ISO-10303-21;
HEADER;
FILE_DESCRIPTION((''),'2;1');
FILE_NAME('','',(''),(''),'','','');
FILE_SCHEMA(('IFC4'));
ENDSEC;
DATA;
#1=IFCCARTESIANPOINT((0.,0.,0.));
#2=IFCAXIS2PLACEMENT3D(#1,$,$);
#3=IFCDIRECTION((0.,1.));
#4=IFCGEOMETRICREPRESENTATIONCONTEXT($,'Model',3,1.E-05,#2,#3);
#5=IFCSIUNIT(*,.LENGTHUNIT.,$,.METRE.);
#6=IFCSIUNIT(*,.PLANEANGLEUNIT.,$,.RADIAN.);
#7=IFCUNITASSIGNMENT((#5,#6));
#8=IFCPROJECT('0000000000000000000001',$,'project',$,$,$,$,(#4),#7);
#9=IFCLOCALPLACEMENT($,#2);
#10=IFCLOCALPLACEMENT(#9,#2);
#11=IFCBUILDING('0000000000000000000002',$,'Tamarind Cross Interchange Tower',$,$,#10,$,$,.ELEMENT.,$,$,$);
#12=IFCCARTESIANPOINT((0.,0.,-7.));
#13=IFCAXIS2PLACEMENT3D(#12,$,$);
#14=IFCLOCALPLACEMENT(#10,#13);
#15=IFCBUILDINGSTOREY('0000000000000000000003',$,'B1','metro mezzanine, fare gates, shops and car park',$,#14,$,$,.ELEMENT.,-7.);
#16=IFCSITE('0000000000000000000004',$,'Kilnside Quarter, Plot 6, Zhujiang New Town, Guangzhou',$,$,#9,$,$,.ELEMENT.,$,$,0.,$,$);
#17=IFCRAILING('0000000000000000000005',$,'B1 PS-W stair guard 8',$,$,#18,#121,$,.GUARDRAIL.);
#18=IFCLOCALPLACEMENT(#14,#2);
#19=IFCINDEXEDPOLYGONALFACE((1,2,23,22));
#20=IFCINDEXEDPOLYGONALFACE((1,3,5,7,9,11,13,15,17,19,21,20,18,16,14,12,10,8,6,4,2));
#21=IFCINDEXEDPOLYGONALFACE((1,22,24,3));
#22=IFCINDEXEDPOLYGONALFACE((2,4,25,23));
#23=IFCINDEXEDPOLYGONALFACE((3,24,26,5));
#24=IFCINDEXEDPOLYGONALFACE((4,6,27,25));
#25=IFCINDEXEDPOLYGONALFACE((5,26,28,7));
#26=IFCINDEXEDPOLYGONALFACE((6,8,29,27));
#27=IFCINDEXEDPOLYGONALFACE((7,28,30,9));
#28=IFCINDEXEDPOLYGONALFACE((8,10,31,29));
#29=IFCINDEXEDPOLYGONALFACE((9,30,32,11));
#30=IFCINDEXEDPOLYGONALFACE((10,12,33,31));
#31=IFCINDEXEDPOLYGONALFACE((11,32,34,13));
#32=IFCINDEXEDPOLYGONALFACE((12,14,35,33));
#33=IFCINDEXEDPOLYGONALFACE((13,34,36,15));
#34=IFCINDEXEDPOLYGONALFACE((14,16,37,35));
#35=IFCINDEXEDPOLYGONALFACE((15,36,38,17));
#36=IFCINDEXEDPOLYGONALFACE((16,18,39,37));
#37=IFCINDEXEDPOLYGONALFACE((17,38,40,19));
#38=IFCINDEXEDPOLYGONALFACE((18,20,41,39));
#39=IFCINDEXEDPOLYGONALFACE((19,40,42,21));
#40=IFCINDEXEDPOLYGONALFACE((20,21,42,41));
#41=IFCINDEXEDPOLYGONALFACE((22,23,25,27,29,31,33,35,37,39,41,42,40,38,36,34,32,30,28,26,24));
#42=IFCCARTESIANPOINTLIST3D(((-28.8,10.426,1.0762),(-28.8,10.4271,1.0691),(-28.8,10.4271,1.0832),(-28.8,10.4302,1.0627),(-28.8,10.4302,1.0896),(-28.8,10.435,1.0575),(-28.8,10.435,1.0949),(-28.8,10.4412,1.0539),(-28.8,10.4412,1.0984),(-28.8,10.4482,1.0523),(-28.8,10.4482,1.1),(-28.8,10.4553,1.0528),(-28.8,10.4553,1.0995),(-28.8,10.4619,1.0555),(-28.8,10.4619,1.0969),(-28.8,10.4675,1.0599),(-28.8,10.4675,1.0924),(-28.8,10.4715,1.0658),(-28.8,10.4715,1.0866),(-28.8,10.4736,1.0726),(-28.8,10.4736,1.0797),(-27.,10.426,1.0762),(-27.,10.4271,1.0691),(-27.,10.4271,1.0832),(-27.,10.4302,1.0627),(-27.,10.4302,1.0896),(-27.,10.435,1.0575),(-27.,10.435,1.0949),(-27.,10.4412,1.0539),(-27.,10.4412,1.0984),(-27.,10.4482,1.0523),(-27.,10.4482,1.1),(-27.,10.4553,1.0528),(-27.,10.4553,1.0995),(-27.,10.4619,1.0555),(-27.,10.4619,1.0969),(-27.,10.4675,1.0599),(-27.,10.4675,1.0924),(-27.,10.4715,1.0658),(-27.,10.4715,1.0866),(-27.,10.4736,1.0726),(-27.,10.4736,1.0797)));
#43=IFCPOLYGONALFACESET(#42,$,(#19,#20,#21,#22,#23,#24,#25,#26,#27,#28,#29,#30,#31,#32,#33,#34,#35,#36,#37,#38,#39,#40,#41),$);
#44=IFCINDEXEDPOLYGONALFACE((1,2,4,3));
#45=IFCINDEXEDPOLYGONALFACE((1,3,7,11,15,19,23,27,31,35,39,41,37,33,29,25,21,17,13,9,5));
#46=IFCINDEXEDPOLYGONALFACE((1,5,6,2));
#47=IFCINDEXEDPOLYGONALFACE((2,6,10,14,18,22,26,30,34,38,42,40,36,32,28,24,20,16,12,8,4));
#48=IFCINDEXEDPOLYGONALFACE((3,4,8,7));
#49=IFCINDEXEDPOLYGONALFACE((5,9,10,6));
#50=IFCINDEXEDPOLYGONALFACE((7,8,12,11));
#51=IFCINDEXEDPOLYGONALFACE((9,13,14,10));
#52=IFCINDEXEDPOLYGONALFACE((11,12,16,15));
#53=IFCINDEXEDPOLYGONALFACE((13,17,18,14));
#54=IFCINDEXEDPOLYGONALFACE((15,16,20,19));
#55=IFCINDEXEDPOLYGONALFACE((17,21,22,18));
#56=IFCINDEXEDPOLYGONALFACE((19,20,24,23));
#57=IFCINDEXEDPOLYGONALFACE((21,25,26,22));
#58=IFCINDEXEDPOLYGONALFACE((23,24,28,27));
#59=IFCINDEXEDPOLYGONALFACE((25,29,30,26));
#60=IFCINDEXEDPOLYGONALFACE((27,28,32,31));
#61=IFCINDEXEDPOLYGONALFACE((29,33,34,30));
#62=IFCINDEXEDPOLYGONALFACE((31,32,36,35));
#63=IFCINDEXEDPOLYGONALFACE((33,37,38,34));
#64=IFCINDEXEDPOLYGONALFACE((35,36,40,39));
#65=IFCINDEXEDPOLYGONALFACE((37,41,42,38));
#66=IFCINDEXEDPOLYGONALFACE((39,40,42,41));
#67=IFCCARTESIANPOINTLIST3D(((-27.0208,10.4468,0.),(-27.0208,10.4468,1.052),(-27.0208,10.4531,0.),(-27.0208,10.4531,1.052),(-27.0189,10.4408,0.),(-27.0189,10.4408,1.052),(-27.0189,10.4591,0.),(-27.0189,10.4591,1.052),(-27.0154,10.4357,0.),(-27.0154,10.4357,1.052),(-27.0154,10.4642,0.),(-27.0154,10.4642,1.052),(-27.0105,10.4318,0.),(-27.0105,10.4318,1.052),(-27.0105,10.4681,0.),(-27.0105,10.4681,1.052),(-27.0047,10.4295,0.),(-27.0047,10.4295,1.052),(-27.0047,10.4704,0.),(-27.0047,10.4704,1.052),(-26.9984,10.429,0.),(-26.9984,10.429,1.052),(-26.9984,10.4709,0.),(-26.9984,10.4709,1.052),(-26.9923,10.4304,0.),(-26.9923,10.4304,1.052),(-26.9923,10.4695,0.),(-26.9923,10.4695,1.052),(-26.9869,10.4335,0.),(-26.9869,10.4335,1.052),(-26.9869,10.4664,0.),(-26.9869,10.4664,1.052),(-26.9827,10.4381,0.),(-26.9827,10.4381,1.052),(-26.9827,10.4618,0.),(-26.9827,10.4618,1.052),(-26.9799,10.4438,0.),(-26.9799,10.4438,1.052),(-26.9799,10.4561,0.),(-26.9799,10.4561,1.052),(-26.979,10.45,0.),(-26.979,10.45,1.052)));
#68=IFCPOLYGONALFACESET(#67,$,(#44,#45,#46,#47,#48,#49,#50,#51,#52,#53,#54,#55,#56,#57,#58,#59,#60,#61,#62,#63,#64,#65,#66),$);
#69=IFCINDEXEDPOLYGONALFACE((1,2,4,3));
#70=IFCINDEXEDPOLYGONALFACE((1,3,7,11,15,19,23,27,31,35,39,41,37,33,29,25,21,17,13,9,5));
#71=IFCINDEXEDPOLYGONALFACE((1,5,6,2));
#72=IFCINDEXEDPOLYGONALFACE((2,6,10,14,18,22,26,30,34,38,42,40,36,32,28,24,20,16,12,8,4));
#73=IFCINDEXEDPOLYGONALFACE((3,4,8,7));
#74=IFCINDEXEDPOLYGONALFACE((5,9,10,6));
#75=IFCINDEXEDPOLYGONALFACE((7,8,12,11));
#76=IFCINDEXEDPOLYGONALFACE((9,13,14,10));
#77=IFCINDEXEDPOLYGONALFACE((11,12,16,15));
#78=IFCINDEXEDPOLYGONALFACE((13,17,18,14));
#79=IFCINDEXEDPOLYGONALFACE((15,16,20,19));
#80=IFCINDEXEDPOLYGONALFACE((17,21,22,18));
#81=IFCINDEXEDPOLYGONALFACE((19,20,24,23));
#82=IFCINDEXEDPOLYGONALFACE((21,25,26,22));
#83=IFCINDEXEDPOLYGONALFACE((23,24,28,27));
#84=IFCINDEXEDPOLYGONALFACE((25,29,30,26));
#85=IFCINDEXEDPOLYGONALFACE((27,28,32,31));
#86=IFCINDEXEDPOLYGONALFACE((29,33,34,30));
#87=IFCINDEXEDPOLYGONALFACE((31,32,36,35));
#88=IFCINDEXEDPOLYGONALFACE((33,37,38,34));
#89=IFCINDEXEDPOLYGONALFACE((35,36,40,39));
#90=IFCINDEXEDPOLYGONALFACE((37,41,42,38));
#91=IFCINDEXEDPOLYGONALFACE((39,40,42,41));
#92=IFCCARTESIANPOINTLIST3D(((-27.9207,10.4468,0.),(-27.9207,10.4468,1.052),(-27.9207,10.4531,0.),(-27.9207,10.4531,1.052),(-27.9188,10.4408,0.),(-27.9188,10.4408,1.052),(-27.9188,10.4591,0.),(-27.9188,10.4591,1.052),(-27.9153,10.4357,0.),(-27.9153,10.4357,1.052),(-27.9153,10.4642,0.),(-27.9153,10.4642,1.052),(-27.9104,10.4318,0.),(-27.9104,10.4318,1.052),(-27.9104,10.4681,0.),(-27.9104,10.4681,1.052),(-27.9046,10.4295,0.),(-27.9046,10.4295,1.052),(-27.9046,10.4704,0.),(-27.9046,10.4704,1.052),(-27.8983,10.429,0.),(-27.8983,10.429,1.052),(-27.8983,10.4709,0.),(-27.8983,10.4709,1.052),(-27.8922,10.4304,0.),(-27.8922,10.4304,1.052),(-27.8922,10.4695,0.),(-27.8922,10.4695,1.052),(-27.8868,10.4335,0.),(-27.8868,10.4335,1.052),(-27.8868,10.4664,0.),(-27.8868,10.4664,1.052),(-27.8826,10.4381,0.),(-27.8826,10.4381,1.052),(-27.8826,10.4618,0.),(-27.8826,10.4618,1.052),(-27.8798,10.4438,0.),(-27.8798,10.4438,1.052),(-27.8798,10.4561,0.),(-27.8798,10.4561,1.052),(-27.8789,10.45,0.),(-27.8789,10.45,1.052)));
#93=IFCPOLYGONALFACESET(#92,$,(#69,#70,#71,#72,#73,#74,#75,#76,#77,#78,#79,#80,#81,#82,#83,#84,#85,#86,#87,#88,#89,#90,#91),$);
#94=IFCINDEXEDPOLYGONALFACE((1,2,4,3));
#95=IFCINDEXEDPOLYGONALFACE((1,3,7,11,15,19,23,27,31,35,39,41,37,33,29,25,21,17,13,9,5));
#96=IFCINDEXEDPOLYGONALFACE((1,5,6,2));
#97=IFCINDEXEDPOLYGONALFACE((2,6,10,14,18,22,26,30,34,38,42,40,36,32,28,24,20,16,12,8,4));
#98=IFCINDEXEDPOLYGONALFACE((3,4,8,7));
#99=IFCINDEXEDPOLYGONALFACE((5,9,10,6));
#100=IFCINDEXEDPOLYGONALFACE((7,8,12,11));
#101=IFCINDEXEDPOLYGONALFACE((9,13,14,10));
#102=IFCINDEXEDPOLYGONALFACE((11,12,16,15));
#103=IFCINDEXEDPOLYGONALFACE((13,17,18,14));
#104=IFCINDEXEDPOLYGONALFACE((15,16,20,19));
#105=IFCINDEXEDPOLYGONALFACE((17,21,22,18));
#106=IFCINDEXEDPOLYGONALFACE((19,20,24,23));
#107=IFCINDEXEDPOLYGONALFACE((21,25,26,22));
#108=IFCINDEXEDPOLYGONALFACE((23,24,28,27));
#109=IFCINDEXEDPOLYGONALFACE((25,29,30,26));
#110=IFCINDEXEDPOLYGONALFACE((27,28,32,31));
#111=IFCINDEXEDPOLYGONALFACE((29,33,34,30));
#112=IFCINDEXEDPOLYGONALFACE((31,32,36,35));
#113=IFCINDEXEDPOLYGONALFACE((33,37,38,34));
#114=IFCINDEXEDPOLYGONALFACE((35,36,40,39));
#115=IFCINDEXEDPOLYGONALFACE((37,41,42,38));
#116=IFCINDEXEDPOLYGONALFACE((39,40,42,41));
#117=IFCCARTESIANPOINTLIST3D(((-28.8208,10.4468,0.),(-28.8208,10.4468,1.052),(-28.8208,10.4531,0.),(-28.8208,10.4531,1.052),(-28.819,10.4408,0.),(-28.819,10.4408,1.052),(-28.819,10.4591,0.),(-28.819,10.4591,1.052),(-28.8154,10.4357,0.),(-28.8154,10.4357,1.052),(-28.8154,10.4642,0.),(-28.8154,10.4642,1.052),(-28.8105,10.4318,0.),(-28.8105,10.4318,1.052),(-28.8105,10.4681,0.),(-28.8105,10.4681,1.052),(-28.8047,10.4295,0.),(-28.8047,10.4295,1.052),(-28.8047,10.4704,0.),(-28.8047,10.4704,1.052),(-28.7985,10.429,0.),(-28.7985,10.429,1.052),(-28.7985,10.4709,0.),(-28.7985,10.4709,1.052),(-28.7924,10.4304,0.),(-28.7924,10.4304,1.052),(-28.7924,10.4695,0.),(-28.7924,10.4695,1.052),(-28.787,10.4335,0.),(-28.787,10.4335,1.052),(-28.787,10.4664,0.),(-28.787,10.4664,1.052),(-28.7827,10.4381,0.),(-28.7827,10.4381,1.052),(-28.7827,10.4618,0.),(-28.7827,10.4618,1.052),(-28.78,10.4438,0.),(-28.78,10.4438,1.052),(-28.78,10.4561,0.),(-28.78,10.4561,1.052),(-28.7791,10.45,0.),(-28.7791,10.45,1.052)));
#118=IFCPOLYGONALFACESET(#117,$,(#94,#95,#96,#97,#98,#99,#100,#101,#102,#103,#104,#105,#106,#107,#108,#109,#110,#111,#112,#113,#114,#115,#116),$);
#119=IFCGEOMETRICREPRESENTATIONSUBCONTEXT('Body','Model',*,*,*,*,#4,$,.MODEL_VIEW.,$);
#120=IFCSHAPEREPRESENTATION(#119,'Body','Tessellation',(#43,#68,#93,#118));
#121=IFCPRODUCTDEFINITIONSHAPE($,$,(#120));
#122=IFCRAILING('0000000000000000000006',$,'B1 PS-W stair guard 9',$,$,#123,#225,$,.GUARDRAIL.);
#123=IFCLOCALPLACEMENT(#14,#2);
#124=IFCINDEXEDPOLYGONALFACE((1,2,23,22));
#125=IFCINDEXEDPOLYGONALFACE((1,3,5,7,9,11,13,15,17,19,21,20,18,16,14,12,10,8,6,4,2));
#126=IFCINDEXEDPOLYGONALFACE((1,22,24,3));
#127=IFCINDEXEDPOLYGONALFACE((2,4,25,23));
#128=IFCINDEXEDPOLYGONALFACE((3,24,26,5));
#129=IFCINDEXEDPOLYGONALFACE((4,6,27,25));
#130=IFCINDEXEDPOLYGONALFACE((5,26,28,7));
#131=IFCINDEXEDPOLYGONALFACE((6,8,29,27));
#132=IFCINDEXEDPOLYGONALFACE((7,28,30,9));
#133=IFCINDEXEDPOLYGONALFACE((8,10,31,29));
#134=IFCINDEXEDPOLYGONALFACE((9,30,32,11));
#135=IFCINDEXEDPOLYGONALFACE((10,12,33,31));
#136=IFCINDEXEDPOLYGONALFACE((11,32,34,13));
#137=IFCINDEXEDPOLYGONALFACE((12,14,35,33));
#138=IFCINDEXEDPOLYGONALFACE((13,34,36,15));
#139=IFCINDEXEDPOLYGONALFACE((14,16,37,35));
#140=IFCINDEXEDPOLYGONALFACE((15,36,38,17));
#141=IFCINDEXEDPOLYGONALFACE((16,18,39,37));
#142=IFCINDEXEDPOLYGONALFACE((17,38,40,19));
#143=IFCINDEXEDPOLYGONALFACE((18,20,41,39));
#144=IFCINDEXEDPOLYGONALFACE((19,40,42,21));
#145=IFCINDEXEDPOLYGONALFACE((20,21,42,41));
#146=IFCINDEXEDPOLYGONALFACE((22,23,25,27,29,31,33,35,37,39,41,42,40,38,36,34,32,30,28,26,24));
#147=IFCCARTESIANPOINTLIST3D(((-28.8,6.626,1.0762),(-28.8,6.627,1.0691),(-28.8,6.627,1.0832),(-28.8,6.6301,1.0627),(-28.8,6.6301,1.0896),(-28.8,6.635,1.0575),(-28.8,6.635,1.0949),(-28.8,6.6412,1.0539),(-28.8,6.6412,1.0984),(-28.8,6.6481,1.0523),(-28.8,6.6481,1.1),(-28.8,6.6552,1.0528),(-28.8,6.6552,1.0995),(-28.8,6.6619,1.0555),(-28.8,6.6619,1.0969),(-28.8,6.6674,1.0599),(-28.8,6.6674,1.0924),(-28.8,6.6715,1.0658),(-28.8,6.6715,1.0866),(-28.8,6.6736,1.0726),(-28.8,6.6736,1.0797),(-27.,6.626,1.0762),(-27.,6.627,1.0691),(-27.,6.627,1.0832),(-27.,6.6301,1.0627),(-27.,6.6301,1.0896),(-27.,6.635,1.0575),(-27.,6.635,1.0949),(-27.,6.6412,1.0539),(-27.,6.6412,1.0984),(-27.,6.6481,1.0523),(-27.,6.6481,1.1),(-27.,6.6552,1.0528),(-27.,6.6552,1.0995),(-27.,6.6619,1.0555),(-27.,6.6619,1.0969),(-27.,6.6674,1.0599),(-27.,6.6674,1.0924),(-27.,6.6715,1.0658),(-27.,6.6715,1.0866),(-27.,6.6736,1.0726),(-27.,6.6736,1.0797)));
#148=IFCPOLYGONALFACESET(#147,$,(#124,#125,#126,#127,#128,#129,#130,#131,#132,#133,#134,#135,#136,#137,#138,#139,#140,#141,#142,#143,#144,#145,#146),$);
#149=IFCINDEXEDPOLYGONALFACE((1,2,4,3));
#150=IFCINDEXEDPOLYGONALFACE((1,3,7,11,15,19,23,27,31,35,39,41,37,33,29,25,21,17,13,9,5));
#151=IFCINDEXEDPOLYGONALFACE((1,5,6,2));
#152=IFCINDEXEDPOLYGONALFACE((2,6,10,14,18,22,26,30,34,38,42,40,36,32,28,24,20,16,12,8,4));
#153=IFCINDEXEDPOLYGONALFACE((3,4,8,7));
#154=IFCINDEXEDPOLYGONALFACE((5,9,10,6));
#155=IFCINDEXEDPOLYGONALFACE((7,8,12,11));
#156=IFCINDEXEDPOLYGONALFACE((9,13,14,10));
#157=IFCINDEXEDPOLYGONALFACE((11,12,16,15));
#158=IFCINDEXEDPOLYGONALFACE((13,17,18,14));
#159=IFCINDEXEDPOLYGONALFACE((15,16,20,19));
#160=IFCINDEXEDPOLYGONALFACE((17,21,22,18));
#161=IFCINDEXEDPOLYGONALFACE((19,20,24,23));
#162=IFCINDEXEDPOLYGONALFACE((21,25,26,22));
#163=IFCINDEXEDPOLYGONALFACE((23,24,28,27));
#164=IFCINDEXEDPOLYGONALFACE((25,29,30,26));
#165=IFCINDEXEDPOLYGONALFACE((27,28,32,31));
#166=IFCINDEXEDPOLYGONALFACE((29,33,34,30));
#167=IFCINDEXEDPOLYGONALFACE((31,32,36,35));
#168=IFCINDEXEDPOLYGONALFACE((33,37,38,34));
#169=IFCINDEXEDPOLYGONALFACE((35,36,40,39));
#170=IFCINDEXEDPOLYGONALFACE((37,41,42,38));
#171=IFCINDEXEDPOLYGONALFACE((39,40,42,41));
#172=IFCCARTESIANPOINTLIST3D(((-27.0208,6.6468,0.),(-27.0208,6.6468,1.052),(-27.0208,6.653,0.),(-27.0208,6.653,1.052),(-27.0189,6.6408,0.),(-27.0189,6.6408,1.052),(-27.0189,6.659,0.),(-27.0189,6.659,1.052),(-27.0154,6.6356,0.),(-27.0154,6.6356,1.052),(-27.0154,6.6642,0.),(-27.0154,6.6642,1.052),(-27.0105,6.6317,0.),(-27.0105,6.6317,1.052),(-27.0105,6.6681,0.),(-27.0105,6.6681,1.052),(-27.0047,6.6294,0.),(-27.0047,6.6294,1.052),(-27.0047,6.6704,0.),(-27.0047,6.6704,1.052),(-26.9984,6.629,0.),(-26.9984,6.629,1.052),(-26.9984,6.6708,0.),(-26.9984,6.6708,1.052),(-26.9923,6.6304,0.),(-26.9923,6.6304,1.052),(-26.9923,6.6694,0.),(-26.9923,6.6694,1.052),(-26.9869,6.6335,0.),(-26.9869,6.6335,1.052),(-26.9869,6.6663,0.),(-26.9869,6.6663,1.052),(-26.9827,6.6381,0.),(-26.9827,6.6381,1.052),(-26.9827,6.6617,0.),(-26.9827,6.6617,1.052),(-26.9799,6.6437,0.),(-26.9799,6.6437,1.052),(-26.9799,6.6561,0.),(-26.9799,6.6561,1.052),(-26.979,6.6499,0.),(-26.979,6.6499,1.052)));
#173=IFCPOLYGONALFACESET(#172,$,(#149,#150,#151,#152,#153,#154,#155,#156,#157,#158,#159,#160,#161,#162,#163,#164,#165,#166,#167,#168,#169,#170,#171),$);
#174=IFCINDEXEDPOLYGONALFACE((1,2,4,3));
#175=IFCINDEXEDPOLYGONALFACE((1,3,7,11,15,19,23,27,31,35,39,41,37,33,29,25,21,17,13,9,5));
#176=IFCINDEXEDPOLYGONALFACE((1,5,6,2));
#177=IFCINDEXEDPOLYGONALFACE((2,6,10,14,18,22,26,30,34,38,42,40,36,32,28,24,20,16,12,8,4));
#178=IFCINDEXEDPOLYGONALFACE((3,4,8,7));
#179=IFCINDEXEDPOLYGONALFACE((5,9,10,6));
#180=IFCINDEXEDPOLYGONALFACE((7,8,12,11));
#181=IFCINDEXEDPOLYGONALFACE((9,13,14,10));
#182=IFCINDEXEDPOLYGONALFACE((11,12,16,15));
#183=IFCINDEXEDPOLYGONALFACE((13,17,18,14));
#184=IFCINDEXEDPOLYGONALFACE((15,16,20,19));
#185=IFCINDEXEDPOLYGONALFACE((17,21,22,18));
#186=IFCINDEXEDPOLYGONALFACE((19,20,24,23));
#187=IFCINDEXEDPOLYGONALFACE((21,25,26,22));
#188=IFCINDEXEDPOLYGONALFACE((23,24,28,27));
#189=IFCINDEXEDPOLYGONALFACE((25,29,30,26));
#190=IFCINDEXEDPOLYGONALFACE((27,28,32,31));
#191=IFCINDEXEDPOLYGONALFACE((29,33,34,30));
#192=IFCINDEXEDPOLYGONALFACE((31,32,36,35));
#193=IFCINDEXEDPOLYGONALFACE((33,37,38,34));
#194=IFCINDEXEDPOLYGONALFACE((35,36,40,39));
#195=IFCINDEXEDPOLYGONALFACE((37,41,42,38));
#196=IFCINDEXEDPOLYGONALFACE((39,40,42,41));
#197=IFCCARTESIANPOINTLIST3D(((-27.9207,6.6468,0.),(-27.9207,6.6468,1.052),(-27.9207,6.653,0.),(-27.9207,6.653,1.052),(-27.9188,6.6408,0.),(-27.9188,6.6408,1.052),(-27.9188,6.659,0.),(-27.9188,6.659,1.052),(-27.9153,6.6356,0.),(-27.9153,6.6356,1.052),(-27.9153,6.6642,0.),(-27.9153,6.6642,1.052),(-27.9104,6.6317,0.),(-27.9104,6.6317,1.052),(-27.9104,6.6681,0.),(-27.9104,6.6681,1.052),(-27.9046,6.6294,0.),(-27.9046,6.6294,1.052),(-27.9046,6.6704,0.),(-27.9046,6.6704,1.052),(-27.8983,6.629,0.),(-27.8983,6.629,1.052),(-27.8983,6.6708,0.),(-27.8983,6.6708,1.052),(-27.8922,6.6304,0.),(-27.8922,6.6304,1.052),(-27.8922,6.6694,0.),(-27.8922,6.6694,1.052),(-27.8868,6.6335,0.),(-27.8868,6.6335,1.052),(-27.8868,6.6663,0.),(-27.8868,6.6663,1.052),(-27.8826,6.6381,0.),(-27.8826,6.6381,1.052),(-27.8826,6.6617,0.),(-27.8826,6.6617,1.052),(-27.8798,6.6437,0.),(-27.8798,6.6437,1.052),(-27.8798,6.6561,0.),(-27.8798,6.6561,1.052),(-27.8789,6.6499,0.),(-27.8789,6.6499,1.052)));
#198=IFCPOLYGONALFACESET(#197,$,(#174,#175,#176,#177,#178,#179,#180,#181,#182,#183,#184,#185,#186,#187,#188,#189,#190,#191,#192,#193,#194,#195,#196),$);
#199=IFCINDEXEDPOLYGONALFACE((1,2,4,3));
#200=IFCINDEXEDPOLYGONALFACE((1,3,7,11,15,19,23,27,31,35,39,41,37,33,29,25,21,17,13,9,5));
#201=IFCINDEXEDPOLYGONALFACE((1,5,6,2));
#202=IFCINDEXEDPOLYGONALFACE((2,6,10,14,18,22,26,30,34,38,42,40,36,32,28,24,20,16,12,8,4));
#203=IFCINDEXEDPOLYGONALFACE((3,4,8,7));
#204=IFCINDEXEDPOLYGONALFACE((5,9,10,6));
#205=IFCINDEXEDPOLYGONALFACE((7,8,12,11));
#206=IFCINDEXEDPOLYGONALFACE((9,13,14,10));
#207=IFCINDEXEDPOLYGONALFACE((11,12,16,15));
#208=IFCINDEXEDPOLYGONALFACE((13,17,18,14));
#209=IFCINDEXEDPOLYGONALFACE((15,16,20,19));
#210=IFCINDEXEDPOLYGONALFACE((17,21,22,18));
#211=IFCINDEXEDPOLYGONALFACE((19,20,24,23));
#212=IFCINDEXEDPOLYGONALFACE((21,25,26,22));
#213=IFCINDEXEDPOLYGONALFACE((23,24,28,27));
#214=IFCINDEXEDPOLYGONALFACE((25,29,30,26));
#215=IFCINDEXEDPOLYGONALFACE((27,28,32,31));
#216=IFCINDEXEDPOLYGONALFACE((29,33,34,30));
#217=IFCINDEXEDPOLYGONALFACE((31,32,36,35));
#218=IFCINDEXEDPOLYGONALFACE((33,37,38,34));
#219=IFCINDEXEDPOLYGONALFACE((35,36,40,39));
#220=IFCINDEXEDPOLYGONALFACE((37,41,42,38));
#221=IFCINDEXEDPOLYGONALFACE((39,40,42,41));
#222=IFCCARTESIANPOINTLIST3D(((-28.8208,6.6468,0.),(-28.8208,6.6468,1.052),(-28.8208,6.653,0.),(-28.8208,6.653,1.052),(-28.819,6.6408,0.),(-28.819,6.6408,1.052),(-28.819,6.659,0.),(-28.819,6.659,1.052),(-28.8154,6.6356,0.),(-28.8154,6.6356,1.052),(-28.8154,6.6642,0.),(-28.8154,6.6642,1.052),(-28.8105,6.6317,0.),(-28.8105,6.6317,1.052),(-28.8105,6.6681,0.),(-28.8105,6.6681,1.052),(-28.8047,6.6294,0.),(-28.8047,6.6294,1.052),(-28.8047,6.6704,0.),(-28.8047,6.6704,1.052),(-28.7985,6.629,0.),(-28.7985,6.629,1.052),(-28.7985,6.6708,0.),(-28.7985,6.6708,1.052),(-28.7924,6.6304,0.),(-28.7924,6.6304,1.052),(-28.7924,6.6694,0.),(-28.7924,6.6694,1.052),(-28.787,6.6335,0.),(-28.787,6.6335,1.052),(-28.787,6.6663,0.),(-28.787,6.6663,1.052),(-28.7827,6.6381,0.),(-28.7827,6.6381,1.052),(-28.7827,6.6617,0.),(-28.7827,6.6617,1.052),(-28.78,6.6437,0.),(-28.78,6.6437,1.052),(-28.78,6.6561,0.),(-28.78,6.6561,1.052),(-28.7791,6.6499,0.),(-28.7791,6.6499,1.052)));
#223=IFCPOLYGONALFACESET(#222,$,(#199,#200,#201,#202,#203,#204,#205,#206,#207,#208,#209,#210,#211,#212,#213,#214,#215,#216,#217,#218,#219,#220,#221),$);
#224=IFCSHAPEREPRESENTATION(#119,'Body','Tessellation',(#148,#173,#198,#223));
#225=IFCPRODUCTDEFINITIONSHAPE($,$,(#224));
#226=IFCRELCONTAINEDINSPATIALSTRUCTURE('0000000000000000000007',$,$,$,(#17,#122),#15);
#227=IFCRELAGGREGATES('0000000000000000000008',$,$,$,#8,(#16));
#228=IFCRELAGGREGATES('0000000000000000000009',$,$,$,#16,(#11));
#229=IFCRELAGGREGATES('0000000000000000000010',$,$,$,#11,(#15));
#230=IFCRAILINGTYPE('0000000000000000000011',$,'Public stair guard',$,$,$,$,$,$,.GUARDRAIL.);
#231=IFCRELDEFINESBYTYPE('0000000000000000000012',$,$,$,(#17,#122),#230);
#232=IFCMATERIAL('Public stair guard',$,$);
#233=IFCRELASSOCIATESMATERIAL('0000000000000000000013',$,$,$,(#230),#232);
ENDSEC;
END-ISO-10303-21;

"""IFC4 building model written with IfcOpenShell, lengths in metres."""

from ifc_helpers import new_model, si_unit, direction, frame, origin, origin_2d, place, context, subcontext, project, spatial, circle, extrude, material, type_object, element, save


model = new_model("IFC4")

# Units and contexts
model_context = context("Model", 3, precision=1e-05, world=origin(), true_north=direction((0.0, 1.0)))
body_context = subcontext(model_context, "Body", "Model", "MODEL_VIEW")
ifc_project = project(units=[si_unit("LENGTHUNIT", "METRE"), si_unit("PLANEANGLEUNIT", "RADIAN")], contexts=[model_context])

# Site, building, storey
site_placement = place(None, origin())
site = spatial("IfcSite", under=ifc_project, at=site_placement, Name="Kilnside Quarter, Plot 6, Zhujiang New Town, Guangzhou", CompositionType="ELEMENT", RefElevation=0.0)
building_placement = place(site_placement, origin())
building = spatial("IfcBuilding", under=site, at=building_placement, Name="Tamarind Cross Interchange Tower", CompositionType="ELEMENT")
storey_placement = place(building_placement, frame((0.0, 0.0, -7.0)))
storey = spatial("IfcBuildingStorey", under=building, at=storey_placement, Name="B1", Description="metro mezzanine, fare gates, shops and car park", CompositionType="ELEMENT", Elevation=-7.0)

# Railings
ifc_material_1 = material(Name="Public stair guard")
railing_type_1 = type_object("IfcRailingType", Name="Public stair guard", PredefinedType="GUARDRAIL", material=ifc_material_1)
for number, where, name in (
    (1, (-27.0, 10.45, 0.0), "B1 PS-W stair guard 8"),
    (2, (-27.0, 6.6499, 0.0), "B1 PS-W stair guard 9"),
):
    element("IfcRailing", number, at=place(storey_placement, frame(where)), inside=storey, type_object=railing_type_1, Name=name, PredefinedType="GUARDRAIL", context=body_context, shape_type="SweptSolid", body=[
        extrude(circle(Radius=0.0239, at=origin_2d()), frame((0.0, 0.0, 1.0762), z_axis=(-1.0, 0.0, 0.0), x_axis=(0.0, -1.0, 0.0)), (0.0, 0.0, 1.0), 1.8),
        extrude(circle(Radius=0.021, at=origin_2d()), origin(), (0.0, 0.0, 1.0), 1.052),
        extrude(circle(Radius=0.021, at=origin_2d()), frame((-0.8999, 0.0, 0.0)), (0.0, 0.0, 1.0), 1.052),
        extrude(circle(Radius=0.021, at=origin_2d()), frame((-1.8, 0.0, 0.0)), (0.0, 0.0, 1.0), 1.052),
    ])

save(model, "model.ifc")
